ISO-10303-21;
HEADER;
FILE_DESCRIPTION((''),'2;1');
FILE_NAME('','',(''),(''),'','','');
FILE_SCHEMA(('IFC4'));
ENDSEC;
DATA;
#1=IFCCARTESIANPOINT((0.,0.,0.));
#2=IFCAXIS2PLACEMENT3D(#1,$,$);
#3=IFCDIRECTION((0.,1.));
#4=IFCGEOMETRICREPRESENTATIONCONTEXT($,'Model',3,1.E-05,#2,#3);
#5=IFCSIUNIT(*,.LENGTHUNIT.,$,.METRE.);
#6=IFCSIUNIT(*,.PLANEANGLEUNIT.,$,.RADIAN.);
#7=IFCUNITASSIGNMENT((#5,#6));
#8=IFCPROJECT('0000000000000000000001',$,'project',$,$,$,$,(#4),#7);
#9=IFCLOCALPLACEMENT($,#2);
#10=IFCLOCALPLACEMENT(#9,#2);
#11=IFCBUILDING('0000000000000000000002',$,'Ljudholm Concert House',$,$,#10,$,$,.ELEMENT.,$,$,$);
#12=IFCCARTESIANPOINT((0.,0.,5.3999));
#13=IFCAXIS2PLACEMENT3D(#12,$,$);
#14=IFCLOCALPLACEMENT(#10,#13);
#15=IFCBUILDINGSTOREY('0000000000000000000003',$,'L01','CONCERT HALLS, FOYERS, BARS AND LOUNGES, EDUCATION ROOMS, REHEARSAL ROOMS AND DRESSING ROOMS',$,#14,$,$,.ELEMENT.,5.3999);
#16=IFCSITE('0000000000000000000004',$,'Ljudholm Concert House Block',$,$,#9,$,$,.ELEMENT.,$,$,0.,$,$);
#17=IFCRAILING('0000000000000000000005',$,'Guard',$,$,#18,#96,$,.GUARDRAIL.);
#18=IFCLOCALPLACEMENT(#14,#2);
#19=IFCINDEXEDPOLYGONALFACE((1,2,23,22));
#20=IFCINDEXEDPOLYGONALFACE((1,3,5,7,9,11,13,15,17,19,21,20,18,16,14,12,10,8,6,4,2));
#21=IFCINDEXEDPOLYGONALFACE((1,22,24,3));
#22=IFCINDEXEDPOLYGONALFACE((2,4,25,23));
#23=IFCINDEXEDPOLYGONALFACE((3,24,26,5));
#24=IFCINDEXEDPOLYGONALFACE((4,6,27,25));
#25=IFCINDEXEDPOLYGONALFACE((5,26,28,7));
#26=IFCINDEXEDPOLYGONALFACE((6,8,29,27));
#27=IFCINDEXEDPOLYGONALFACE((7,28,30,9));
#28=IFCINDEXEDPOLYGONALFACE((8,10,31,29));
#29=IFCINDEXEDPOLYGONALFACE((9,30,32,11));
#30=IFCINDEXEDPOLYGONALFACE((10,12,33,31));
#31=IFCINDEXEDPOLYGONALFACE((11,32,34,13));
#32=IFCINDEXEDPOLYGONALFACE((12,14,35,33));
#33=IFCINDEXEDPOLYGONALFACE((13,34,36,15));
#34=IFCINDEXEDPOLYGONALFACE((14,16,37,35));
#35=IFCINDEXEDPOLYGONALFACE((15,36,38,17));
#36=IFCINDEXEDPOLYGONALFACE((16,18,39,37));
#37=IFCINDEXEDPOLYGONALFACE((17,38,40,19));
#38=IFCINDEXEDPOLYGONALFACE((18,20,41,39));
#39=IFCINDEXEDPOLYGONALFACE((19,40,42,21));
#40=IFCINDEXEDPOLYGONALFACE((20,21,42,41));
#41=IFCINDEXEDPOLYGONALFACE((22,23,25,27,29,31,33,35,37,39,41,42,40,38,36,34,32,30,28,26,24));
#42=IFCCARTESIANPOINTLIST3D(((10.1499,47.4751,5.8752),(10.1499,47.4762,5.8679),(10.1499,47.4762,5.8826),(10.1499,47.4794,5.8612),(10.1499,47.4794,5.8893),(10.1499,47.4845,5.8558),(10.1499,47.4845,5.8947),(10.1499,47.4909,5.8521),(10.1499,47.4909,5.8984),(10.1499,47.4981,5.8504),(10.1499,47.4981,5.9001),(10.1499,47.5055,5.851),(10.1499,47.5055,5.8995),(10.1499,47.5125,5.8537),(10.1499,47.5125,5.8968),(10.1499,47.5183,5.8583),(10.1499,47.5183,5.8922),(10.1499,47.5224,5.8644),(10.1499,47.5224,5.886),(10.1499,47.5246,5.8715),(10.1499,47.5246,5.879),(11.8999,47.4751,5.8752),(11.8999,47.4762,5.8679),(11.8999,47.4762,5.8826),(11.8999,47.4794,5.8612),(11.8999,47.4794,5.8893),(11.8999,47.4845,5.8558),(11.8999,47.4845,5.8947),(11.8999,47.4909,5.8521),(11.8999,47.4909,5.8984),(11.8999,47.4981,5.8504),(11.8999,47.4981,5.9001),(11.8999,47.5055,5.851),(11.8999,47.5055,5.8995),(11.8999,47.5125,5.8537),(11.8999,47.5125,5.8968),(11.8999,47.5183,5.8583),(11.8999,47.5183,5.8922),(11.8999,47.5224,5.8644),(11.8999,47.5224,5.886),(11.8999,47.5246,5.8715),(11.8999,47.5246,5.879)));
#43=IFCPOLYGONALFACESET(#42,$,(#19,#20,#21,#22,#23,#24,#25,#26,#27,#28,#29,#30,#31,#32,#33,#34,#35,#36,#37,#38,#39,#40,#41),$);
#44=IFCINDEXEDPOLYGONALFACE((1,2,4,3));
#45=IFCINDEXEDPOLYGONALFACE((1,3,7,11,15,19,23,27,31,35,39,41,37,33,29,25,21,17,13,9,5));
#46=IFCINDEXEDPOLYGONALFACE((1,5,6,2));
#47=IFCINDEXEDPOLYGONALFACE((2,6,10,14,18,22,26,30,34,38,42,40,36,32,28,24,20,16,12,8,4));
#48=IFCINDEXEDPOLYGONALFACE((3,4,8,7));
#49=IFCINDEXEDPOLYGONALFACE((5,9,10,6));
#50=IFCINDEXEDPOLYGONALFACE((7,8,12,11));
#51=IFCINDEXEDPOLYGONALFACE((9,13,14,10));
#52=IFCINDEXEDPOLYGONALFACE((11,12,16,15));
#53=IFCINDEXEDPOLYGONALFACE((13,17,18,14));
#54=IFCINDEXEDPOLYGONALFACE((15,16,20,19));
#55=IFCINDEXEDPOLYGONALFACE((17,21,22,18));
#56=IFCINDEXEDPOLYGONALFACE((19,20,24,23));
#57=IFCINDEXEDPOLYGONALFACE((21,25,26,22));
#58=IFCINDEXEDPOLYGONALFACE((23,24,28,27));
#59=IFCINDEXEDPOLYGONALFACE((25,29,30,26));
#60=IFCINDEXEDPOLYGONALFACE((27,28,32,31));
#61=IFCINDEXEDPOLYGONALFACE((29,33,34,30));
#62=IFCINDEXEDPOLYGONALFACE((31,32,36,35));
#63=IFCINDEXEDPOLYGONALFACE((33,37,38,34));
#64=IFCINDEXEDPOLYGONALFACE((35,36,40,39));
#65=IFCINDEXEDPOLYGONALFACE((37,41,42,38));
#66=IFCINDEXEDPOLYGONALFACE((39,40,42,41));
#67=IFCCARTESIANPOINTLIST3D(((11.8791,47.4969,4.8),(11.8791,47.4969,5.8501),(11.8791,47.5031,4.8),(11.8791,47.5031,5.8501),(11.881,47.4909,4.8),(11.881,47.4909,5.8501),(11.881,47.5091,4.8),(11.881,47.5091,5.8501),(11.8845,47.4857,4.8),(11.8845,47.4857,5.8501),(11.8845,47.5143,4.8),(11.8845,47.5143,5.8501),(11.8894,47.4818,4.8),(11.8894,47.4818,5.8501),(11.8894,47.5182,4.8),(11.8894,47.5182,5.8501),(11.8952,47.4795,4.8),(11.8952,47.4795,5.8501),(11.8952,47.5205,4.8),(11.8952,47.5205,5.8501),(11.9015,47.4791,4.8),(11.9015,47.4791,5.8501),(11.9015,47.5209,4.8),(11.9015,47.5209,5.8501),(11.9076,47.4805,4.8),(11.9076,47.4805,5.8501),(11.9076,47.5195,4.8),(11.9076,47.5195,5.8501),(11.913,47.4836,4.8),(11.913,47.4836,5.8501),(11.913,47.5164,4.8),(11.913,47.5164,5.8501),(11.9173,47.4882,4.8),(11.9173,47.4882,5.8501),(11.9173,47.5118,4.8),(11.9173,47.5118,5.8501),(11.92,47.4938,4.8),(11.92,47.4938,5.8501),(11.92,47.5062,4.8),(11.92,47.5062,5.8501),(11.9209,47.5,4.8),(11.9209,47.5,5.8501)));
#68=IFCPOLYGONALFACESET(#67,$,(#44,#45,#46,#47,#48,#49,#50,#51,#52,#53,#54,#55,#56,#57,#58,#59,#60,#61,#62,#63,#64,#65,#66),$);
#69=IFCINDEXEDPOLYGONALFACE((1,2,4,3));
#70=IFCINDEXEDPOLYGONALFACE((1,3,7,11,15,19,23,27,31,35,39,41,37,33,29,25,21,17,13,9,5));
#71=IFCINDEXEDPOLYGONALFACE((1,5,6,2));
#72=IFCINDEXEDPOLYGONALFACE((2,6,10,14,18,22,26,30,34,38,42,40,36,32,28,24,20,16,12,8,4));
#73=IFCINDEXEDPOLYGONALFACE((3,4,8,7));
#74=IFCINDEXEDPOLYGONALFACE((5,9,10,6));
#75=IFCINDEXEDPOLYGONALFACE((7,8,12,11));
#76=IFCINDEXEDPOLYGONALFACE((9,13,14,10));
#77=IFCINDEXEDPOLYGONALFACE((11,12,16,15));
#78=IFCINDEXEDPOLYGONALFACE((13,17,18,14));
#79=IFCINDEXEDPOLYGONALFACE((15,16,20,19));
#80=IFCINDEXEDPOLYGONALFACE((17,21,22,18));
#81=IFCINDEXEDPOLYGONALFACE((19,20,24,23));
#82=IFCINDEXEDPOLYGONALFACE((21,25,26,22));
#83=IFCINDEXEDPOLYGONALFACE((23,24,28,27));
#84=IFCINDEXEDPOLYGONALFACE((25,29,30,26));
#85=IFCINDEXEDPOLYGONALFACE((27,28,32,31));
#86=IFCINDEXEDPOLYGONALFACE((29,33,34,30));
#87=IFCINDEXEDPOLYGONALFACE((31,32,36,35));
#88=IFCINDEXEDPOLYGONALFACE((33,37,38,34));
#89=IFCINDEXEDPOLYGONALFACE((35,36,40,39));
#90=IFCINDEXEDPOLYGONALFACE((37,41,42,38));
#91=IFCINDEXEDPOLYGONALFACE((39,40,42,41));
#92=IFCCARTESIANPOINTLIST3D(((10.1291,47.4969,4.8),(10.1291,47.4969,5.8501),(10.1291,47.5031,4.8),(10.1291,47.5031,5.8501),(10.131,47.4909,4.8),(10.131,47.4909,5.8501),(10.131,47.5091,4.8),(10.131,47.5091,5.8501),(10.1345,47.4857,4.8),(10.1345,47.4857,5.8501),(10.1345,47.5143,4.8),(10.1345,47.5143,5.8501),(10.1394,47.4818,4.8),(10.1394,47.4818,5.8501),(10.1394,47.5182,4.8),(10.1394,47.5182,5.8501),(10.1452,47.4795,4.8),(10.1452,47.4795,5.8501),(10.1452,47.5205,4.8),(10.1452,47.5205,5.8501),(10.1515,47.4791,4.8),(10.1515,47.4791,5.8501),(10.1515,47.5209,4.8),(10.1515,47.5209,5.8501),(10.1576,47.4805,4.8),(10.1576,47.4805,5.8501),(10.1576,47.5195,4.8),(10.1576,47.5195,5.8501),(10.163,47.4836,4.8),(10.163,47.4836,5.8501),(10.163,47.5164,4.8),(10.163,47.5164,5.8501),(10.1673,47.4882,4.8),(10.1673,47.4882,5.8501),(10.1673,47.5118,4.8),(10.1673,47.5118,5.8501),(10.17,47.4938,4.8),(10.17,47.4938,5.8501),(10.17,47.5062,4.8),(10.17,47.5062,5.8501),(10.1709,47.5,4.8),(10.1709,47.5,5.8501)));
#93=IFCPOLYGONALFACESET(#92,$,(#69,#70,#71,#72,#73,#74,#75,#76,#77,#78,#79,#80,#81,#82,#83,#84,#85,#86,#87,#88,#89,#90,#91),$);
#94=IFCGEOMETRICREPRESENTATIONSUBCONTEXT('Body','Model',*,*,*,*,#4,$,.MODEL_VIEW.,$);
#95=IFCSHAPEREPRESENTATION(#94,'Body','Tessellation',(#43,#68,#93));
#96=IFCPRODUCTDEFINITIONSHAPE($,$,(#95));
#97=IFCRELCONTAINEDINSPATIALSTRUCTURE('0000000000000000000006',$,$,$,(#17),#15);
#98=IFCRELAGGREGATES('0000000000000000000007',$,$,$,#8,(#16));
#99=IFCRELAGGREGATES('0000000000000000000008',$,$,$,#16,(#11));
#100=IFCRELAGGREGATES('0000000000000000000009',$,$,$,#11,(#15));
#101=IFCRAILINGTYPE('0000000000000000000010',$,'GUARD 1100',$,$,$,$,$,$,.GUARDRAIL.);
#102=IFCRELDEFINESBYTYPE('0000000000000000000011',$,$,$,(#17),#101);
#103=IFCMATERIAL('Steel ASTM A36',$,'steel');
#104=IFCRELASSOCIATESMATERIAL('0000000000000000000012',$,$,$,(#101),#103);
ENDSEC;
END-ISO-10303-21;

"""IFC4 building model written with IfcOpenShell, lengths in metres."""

from ifc_helpers import new_model, si_unit, direction, frame, origin, origin_2d, place, context, subcontext, project, spatial, circle, extrude, material, type_object, element, save


model = new_model("IFC4")

# Units and contexts
model_context = context("Model", 3, precision=1e-05, world=origin(), true_north=direction((0.0, 1.0)))
body_context = subcontext(model_context, "Body", "Model", "MODEL_VIEW")
ifc_project = project(units=[si_unit("LENGTHUNIT", "METRE"), si_unit("PLANEANGLEUNIT", "RADIAN")], contexts=[model_context])

# Site, building, storey
site_placement = place(None, origin())
site = spatial("IfcSite", under=ifc_project, at=site_placement, Name="Ljudholm Concert House Block", CompositionType="ELEMENT", RefElevation=0.0)
building_placement = place(site_placement, origin())
building = spatial("IfcBuilding", under=site, at=building_placement, Name="Ljudholm Concert House", CompositionType="ELEMENT")
storey_placement = place(building_placement, frame((0.0, 0.0, 5.3999)))
storey = spatial("IfcBuildingStorey", under=building, at=storey_placement, Name="L01", Description="CONCERT HALLS, FOYERS, BARS AND LOUNGES, EDUCATION ROOMS, REHEARSAL ROOMS AND DRESSING ROOMS", CompositionType="ELEMENT", Elevation=5.3999)

# Railing
ifc_material_1 = material(Name="Steel ASTM A36", Category="steel")
railing_type_1 = type_object("IfcRailingType", Name="GUARD 1100", PredefinedType="GUARDRAIL", material=ifc_material_1)
railing_1_placement = place(storey_placement, frame((11.8999, 47.5, 4.8)))
element("IfcRailing", 1, at=railing_1_placement, inside=storey, type_object=railing_type_1, Name="Guard", PredefinedType="GUARDRAIL", context=body_context, shape_type="SweptSolid", body=[
    extrude(circle(Radius=0.0249, at=origin_2d()), frame((0.0, 0.0, 1.0752), z_axis=(-1.0, 0.0, 0.0), x_axis=(0.0, -1.0, 0.0)), (0.0, 0.0, 1.0), 1.75),
    extrude(circle(Radius=0.021, at=origin_2d()), origin(), (0.0, 0.0, 1.0), 1.05),
    extrude(circle(Radius=0.021, at=origin_2d()), frame((-1.75, 0.0, 0.0)), (0.0, 0.0, 1.0), 1.05),
])

save(model, "model.ifc")
